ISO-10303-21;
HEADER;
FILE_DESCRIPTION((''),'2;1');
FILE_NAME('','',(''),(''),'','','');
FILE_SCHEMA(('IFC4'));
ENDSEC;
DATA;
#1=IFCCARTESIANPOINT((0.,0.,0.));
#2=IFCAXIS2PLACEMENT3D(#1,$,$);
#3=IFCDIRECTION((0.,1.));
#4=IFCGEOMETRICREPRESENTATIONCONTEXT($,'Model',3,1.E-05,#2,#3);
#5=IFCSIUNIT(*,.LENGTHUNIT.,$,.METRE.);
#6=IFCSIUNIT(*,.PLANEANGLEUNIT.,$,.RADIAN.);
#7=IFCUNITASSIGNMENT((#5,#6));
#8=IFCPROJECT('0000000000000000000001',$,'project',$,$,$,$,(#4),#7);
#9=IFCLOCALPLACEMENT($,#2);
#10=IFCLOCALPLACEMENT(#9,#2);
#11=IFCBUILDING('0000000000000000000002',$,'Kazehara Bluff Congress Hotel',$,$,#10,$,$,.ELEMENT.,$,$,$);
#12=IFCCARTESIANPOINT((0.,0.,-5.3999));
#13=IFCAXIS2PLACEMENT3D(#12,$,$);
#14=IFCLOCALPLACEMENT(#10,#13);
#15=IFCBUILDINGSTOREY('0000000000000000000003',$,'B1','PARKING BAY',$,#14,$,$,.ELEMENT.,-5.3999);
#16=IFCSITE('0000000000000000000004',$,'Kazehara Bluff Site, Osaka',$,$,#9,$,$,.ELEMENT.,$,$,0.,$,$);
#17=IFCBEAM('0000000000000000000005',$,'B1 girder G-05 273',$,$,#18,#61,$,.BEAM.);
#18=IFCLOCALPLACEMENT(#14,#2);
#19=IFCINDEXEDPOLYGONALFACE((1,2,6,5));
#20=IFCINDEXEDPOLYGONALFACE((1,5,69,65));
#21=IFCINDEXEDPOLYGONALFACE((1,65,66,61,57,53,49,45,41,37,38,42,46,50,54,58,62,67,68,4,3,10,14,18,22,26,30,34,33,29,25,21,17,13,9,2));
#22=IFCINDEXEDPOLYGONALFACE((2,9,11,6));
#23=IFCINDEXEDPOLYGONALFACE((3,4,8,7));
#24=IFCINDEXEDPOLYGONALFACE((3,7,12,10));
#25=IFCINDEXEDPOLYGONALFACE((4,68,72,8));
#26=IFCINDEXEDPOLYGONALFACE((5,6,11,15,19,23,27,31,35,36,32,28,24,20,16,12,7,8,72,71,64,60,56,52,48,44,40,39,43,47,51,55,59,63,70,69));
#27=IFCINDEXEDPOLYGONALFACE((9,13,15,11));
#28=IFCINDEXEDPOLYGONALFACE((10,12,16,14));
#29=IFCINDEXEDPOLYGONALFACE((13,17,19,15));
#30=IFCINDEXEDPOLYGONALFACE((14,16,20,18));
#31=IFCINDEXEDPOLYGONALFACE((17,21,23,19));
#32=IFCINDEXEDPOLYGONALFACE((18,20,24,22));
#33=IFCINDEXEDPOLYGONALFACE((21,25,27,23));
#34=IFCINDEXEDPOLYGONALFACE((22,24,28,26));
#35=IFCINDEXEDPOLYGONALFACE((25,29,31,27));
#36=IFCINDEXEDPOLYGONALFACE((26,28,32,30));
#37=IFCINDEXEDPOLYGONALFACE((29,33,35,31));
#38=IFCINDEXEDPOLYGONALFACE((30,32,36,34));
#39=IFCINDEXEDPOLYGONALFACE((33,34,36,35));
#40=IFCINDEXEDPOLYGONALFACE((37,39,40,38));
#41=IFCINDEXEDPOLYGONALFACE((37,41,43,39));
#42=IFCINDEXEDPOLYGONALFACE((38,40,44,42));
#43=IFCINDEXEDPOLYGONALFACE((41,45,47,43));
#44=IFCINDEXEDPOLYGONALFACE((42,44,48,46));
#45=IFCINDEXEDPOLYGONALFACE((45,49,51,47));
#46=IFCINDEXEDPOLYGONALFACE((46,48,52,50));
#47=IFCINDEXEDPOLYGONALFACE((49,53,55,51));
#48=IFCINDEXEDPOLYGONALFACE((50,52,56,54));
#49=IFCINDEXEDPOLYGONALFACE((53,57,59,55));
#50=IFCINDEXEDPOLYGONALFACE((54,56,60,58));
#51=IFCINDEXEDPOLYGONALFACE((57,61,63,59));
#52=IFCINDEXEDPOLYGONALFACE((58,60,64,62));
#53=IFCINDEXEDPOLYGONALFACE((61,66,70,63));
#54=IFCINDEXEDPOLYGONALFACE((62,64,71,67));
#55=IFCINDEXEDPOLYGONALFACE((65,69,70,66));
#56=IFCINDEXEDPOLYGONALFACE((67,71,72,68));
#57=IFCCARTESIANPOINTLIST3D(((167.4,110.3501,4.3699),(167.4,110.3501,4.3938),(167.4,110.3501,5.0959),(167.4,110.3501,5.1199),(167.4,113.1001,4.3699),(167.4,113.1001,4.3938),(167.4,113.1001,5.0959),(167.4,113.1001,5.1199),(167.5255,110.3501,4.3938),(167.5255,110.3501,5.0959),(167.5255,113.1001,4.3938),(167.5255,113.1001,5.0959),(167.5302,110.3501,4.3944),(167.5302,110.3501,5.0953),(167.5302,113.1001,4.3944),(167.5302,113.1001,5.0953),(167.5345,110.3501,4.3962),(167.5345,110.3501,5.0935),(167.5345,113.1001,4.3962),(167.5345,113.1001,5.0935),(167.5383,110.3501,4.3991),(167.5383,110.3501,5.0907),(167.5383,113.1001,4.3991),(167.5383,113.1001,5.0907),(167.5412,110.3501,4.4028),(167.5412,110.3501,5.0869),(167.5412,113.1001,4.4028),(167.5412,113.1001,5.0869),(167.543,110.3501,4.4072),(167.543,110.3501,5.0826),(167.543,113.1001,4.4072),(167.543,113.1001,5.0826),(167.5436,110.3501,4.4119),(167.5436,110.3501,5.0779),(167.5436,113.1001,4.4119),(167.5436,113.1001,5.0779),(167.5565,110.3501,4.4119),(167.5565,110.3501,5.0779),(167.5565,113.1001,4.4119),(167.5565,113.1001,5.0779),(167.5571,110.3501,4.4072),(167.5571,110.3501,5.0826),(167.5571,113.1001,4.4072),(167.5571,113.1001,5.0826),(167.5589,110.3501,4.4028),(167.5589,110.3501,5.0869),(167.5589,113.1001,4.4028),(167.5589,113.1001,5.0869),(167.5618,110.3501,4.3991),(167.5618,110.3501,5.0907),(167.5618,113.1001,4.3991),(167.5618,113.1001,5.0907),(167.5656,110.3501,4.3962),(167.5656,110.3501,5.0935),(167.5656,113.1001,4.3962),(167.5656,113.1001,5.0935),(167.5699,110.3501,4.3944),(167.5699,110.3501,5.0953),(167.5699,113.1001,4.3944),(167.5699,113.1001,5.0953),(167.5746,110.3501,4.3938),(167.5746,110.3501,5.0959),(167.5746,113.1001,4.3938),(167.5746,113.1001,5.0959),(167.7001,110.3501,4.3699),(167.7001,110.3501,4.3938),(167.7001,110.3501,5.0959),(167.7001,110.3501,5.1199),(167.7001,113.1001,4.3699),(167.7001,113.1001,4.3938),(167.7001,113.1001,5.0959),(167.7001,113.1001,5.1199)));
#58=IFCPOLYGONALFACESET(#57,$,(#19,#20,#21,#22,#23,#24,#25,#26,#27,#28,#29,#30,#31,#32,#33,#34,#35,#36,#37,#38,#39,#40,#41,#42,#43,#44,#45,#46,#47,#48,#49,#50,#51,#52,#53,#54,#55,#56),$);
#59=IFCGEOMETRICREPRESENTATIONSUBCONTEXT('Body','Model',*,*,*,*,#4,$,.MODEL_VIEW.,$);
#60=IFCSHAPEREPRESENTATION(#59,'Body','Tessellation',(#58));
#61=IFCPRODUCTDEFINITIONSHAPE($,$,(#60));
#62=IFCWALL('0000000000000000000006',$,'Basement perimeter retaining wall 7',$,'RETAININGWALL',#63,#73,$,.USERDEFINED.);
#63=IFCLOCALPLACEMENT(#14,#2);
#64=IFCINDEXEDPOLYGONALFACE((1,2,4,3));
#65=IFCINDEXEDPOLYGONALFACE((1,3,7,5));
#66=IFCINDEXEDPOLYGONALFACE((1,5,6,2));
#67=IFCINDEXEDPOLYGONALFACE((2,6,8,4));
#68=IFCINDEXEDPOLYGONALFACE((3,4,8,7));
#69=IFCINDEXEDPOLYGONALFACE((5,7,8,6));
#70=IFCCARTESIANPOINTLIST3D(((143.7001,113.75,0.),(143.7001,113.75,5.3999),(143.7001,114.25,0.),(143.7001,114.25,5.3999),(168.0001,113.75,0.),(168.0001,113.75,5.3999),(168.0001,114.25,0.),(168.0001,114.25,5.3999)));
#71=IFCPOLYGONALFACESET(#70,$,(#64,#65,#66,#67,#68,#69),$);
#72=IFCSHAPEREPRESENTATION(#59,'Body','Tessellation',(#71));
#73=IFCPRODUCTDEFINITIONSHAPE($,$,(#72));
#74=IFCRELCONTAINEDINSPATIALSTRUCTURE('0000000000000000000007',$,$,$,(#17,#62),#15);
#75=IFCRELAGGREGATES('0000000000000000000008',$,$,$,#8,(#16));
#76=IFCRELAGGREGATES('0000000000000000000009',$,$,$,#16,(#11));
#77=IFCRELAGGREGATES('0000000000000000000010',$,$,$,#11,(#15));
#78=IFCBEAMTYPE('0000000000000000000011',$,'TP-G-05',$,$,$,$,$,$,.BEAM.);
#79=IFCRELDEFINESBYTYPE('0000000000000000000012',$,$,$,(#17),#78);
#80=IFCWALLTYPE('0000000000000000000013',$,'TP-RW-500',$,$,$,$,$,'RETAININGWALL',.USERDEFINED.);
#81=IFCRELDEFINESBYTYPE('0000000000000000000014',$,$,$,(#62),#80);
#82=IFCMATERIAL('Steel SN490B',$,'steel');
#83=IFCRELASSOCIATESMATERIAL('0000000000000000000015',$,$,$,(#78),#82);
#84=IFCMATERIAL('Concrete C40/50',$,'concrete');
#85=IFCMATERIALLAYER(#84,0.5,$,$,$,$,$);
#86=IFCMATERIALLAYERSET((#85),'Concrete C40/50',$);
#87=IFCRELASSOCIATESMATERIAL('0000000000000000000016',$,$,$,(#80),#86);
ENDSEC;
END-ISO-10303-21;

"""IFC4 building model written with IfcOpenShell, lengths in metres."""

from ifc_helpers import new_model, si_unit, direction, frame, frame_2d, origin, origin_2d, place, context, subcontext, project, spatial, rectangle, i_section, extrude, material, layer, layer_set, material_profile, profile_set, type_object, element, save


model = new_model("IFC4")

# Units and contexts
model_context = context("Model", 3, precision=1e-05, world=origin(), true_north=direction((0.0, 1.0)))
body_context = subcontext(model_context, "Body", "Model", "MODEL_VIEW")
ifc_project = project(units=[si_unit("LENGTHUNIT", "METRE"), si_unit("PLANEANGLEUNIT", "RADIAN")], contexts=[model_context])

# Site, building, storey
site_placement = place(None, origin())
site = spatial("IfcSite", under=ifc_project, at=site_placement, Name="Kazehara Bluff Site, Osaka", CompositionType="ELEMENT", RefElevation=0.0)
building_placement = place(site_placement, origin())
building = spatial("IfcBuilding", under=site, at=building_placement, Name="Kazehara Bluff Congress Hotel", CompositionType="ELEMENT")
storey_placement = place(building_placement, frame((0.0, 0.0, -5.3999)))
storey = spatial("IfcBuildingStorey", under=building, at=storey_placement, Name="B1", Description="PARKING BAY", CompositionType="ELEMENT", Elevation=-5.3999)

# Beam
ifc_material_1 = material(Name="Steel SN490B", Category="steel")
ifc_material_profile_1 = material_profile(ifc_material_1, i_section(OverallWidth=0.3, OverallDepth=0.75, WebThickness=0.0129, FlangeThickness=0.0239, FilletRadius=0.0181, at=origin_2d()))
ifc_profile_set_1 = profile_set([ifc_material_profile_1], Name="Steel SN490B")
beam_type_1 = type_object("IfcBeamType", Name="TP-G-05", PredefinedType="BEAM", material=ifc_profile_set_1)
beam_1_placement = place(storey_placement, frame((167.55, 110.3501, 4.7449), z_axis=(0.0, 1.0, 0.0), x_axis=(-1.0, 0.0, 0.0)))
element("IfcBeam", 1, at=beam_1_placement, inside=storey, type_object=beam_type_1, Name="B1 girder G-05 273", PredefinedType="BEAM", context=body_context, shape_type="SweptSolid", body=[
    extrude(i_section(OverallWidth=0.3, OverallDepth=0.75, WebThickness=0.0129, FlangeThickness=0.0239, FilletRadius=0.0181, at=origin_2d()), origin(), (0.0, 0.0, 1.0), 2.75),
])

# Wall
ifc_material_2 = material(Name="Concrete C40/50", Category="concrete")
ifc_layer_1 = layer(ifc_material_2, 0.5)
ifc_layer_set_1 = layer_set([ifc_layer_1], Name="Concrete C40/50")
wall_type = type_object("IfcWallType", Name="TP-RW-500", ElementType="RETAININGWALL", PredefinedType="USERDEFINED", material=ifc_layer_set_1)
wall_placement = place(storey_placement, frame((168.0, 114.0, 0.0), z_axis=(0.0, 0.0, 1.0), x_axis=(-1.0, 0.0, 0.0)))
element("IfcWall", 2, at=wall_placement, inside=storey, type_object=wall_type, Name="Basement perimeter retaining wall 7", ObjectType="RETAININGWALL", PredefinedType="USERDEFINED", context=body_context, shape_type="SweptSolid", body=[
    extrude(rectangle(XDim=24.3, YDim=0.5, at=frame_2d((12.1499, 0.0))), origin(), (0.0, 0.0, 1.0), 5.3999),
])

save(model, "model.ifc")
